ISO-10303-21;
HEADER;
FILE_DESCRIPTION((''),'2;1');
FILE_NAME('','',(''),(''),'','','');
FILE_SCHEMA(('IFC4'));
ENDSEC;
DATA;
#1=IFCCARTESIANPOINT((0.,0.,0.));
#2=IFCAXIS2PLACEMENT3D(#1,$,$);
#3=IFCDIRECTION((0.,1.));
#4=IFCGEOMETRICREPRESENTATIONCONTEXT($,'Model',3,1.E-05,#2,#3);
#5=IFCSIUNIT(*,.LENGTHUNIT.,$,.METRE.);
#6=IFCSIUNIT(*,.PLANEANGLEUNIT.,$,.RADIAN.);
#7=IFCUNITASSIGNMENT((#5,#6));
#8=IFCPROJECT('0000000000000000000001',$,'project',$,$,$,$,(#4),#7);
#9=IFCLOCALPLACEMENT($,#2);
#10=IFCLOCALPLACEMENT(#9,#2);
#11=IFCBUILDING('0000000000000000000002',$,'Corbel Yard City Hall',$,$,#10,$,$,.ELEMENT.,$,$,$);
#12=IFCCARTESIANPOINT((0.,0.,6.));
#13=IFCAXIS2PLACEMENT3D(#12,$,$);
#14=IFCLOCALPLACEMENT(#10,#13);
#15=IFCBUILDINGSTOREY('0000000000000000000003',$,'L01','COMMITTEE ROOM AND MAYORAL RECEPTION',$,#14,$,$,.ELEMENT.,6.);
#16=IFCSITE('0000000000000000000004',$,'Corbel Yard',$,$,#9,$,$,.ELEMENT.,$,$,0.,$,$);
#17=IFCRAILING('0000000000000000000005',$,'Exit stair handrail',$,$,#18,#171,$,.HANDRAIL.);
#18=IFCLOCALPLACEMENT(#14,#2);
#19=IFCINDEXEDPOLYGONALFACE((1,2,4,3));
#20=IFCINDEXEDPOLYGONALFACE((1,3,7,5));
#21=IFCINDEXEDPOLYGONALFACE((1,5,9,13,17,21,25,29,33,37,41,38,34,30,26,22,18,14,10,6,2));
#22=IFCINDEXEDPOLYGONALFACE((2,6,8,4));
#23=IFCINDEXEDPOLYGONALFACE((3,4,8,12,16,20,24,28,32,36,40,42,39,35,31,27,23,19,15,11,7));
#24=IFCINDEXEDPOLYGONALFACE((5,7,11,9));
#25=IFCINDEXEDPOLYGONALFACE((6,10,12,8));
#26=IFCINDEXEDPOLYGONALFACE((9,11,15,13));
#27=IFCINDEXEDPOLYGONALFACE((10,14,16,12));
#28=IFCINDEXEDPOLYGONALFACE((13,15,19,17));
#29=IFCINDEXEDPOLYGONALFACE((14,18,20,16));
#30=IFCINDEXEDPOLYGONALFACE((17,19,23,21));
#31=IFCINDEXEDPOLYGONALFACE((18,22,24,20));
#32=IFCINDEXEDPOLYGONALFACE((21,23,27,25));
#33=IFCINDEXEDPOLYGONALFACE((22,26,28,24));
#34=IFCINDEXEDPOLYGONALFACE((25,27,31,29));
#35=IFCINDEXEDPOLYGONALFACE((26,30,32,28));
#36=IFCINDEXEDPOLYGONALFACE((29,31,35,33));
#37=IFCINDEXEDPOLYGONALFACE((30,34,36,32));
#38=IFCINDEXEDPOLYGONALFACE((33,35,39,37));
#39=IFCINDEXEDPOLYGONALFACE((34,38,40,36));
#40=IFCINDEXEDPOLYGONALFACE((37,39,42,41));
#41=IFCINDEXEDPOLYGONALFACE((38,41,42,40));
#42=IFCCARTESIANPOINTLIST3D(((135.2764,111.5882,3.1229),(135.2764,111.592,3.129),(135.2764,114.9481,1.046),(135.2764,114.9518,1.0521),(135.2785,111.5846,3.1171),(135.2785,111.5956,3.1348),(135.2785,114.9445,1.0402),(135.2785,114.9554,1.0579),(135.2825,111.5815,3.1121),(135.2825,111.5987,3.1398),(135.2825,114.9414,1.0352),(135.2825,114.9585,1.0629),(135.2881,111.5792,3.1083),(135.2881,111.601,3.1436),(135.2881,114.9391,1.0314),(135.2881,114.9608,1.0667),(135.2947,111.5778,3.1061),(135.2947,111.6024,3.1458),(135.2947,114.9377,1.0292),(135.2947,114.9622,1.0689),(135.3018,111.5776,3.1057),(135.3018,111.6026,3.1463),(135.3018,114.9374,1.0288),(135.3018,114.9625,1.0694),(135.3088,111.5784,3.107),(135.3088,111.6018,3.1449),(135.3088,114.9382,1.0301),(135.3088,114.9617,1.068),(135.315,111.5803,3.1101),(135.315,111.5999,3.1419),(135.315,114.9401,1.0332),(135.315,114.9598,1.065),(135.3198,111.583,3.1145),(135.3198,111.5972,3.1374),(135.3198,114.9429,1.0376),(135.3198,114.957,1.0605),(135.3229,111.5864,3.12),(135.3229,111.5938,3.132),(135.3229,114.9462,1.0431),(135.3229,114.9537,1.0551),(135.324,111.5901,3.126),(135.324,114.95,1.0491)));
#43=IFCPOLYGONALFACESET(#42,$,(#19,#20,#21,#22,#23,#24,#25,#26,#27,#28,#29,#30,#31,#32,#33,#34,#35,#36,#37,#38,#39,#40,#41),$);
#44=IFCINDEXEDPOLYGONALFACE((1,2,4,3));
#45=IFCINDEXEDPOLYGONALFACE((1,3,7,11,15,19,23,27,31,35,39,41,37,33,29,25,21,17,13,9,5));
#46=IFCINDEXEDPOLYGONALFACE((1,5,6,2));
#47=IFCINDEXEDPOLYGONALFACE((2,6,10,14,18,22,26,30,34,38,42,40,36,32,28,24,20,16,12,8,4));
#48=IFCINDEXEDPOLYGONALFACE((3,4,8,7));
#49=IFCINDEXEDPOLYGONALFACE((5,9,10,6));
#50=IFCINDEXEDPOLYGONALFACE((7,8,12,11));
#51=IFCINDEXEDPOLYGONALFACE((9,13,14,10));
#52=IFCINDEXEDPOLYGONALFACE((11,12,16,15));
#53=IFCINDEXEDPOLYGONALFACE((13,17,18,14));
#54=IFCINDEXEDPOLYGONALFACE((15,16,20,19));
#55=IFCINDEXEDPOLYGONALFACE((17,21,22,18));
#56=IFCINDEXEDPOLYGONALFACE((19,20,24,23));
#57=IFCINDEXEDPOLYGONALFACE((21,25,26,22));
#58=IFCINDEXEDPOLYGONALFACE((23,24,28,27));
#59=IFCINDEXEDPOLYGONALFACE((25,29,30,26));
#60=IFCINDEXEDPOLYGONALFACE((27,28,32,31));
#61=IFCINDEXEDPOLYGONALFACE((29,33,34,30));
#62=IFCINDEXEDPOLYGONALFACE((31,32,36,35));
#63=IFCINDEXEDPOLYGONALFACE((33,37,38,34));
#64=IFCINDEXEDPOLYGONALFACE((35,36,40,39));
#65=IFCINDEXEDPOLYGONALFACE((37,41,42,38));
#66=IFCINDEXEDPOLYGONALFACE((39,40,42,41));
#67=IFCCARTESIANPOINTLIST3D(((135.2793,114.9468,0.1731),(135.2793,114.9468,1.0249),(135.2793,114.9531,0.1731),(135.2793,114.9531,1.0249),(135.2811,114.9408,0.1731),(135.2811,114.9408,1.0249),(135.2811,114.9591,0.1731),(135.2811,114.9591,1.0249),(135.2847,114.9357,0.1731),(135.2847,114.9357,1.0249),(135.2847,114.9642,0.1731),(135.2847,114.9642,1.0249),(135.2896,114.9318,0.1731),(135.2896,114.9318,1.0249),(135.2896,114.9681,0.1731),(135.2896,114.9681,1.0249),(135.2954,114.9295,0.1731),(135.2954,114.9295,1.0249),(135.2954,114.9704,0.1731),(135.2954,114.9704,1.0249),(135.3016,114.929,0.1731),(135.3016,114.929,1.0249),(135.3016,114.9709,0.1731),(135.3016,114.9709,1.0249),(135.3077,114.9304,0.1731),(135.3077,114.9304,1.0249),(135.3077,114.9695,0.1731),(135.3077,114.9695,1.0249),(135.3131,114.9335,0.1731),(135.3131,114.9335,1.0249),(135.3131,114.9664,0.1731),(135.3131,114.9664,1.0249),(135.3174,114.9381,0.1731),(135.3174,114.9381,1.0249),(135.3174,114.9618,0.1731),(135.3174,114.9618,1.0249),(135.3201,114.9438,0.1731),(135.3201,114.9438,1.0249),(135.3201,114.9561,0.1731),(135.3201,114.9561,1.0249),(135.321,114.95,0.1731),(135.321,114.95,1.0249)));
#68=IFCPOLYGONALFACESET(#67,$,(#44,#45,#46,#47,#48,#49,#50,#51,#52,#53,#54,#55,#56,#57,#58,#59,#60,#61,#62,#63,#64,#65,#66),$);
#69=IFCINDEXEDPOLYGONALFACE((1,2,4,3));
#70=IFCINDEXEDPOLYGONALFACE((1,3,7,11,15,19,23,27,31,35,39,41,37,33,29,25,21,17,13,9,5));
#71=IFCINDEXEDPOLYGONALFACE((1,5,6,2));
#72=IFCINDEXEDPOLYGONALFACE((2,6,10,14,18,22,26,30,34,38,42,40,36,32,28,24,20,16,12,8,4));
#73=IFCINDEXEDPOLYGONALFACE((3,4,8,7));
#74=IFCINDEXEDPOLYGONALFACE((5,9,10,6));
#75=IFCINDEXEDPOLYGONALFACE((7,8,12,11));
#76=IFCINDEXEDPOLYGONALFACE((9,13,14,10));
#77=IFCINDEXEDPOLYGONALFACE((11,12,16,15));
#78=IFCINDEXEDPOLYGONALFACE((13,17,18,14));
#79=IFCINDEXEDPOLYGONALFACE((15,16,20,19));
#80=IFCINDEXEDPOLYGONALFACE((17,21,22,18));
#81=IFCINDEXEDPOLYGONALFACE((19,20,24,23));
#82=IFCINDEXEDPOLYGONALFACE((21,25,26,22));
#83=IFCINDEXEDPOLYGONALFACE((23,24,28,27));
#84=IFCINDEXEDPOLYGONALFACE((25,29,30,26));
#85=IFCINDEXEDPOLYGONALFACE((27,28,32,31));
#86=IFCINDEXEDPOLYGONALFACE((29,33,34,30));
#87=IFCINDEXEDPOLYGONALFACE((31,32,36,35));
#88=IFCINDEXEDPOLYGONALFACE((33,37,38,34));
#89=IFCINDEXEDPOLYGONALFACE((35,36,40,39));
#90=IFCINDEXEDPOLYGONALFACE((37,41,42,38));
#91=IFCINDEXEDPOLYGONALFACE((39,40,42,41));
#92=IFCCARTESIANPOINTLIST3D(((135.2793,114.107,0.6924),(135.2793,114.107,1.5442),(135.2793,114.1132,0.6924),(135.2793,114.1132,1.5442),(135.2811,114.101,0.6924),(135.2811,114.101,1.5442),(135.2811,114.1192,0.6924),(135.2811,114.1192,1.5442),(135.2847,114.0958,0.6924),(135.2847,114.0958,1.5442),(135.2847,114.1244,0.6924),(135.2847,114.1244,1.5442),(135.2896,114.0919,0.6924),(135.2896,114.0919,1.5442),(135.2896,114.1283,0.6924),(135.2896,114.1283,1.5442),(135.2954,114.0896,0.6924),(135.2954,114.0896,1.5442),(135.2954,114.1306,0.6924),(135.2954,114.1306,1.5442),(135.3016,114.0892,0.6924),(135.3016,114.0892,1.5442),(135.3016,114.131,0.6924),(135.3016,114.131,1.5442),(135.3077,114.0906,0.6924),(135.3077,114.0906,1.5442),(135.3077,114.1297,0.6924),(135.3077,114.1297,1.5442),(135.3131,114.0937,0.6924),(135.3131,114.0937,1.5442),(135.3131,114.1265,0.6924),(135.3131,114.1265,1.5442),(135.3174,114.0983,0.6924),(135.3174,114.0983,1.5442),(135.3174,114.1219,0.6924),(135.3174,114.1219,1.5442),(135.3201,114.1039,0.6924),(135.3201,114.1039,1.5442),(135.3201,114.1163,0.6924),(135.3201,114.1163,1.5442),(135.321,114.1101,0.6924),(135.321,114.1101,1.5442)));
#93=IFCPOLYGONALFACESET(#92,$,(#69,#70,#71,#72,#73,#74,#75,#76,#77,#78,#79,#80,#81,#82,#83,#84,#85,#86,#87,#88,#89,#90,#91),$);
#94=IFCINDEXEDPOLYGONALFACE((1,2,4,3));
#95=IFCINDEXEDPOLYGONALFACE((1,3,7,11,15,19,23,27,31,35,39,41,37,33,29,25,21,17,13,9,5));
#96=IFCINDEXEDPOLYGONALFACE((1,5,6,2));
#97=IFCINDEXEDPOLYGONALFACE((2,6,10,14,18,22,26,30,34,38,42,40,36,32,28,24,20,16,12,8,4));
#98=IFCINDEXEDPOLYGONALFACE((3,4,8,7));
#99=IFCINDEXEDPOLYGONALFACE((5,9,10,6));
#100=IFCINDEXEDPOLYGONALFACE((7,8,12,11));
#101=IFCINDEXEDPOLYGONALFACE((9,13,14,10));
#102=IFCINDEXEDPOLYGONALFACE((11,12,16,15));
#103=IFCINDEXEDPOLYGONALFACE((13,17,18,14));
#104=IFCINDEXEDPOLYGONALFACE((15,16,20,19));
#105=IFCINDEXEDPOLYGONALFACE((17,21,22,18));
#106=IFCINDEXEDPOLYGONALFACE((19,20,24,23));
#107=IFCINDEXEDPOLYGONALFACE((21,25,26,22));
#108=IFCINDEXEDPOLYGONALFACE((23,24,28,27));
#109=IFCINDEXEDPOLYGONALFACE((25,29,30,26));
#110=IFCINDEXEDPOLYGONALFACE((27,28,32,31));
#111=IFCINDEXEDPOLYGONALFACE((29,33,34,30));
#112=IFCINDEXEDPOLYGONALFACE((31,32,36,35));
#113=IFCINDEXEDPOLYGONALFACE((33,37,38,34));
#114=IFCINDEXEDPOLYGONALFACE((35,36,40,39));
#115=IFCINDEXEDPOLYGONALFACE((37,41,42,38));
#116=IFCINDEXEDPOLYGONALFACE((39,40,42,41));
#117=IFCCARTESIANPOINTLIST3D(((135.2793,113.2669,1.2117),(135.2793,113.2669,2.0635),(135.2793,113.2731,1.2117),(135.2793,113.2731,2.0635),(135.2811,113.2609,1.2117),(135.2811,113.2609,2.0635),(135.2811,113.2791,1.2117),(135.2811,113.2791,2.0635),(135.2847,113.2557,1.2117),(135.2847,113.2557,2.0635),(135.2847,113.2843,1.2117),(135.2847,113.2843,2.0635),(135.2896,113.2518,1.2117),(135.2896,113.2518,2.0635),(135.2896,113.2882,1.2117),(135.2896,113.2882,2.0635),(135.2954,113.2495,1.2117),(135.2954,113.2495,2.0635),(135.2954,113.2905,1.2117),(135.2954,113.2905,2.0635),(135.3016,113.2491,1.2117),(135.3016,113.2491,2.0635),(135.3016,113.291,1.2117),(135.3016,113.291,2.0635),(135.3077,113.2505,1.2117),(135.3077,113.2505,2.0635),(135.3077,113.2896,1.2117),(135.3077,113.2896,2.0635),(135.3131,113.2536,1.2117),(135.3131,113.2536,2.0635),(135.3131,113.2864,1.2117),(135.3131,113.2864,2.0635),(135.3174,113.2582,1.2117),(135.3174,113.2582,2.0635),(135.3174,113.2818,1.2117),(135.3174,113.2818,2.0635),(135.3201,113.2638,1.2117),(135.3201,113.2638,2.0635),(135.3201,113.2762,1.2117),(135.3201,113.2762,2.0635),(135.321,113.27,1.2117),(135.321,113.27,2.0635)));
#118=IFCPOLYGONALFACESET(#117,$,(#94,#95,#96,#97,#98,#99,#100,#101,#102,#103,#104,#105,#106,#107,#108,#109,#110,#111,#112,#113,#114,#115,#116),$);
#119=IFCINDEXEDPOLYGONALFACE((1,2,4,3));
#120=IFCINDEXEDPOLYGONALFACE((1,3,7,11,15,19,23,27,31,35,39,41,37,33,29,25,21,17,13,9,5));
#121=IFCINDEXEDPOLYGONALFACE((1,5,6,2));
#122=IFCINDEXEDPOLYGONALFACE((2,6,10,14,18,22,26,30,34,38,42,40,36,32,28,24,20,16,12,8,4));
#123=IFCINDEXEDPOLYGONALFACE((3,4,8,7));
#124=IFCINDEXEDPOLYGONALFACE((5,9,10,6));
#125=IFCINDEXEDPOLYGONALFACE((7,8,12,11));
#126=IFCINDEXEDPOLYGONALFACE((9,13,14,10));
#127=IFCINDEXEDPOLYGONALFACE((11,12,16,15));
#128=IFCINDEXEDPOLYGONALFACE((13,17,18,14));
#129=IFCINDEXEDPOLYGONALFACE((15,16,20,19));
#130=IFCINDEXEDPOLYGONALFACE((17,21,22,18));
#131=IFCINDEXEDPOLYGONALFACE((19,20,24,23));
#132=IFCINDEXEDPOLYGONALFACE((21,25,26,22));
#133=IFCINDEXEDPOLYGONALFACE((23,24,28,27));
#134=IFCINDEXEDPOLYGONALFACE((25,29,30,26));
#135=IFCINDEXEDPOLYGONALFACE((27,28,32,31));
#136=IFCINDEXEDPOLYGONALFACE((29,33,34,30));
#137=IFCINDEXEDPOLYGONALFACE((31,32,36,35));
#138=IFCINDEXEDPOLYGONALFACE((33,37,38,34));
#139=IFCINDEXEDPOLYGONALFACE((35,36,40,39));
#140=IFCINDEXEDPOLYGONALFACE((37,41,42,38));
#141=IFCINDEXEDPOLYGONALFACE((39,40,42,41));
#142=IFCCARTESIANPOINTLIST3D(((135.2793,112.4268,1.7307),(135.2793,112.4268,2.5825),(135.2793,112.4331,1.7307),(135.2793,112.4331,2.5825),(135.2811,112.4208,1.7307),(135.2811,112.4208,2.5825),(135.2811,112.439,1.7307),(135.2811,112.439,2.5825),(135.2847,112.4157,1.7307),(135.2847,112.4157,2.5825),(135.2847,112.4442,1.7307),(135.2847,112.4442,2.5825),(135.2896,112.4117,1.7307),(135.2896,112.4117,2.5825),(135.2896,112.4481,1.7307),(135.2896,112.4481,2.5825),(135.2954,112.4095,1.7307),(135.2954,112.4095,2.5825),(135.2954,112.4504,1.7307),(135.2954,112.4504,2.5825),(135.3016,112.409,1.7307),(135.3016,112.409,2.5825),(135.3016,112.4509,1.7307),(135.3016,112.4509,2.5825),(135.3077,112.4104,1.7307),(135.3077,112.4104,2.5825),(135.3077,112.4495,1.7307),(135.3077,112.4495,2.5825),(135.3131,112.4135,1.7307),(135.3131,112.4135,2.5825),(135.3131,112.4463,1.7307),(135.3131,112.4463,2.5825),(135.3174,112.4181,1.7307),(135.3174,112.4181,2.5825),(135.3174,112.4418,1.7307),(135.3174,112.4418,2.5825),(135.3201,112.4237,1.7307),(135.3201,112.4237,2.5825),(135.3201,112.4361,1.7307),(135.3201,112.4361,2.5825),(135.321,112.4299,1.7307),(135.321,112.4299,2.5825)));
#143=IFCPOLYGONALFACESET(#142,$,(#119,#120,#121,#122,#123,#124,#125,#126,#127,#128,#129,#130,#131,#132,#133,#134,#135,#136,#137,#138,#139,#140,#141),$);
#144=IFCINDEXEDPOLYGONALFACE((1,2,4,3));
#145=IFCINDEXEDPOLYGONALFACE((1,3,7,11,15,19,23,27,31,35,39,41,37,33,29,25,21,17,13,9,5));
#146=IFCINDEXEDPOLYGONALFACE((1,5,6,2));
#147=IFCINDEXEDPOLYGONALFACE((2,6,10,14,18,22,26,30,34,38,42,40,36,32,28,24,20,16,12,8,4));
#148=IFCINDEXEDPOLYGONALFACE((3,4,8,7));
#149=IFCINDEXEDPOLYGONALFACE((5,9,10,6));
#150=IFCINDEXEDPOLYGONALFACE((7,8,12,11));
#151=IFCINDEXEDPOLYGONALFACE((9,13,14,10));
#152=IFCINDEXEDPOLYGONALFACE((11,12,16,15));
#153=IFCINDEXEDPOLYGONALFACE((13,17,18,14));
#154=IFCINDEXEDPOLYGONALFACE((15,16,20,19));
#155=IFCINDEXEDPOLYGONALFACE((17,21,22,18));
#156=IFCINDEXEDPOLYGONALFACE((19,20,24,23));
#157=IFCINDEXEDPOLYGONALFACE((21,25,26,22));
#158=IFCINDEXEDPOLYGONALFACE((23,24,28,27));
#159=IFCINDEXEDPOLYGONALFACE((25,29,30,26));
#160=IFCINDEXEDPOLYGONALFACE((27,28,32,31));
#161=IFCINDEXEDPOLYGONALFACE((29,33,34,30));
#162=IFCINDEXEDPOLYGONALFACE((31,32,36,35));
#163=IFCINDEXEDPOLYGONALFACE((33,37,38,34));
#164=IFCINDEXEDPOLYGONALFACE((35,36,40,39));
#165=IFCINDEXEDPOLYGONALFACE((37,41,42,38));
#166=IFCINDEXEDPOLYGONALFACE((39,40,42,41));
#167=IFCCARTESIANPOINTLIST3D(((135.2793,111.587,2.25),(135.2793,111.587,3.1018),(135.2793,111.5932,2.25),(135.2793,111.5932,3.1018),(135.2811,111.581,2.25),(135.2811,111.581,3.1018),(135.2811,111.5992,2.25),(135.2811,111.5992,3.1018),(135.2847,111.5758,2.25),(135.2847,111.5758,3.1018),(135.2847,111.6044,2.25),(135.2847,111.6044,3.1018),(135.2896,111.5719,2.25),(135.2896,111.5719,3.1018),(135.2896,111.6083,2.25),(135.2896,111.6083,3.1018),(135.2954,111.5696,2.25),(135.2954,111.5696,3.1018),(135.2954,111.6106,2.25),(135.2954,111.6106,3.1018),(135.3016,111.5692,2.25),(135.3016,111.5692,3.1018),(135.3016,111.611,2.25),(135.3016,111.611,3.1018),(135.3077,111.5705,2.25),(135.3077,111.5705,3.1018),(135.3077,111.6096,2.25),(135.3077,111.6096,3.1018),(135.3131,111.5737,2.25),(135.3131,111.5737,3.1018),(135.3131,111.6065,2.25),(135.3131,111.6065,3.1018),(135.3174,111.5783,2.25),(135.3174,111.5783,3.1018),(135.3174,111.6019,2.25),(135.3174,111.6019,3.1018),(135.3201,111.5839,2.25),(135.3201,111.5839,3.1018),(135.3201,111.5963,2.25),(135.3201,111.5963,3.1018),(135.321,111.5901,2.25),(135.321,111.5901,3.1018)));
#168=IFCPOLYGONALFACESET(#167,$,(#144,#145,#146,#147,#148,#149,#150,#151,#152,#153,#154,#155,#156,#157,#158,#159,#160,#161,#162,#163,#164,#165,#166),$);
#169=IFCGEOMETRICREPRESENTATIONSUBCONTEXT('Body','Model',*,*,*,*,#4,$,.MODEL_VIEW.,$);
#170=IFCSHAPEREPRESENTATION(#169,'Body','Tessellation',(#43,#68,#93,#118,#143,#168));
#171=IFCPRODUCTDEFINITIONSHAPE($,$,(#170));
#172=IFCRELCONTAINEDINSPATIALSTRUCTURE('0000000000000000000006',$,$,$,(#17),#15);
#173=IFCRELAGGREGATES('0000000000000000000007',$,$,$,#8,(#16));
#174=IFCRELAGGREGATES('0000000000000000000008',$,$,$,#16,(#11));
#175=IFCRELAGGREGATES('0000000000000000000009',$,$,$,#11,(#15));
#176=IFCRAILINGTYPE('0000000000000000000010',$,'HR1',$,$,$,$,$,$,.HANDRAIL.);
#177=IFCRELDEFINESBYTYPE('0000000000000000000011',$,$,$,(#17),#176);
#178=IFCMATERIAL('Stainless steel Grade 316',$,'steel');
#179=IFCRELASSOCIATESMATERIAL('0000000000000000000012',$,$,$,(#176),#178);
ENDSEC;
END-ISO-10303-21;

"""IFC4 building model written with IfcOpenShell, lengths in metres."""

from ifc_helpers import new_model, si_unit, direction, frame, origin, origin_2d, place, context, subcontext, project, spatial, circle, extrude, material, type_object, element, save


model = new_model("IFC4")

# Units and contexts
model_context = context("Model", 3, precision=1e-05, world=origin(), true_north=direction((0.0, 1.0)))
body_context = subcontext(model_context, "Body", "Model", "MODEL_VIEW")
ifc_project = project(units=[si_unit("LENGTHUNIT", "METRE"), si_unit("PLANEANGLEUNIT", "RADIAN")], contexts=[model_context])

# Site, building, storey
site_placement = place(None, origin())
site = spatial("IfcSite", under=ifc_project, at=site_placement, Name="Corbel Yard", CompositionType="ELEMENT", RefElevation=0.0)
building_placement = place(site_placement, origin())
building = spatial("IfcBuilding", under=site, at=building_placement, Name="Corbel Yard City Hall", CompositionType="ELEMENT")
storey_placement = place(building_placement, frame((0.0, 0.0, 6.0)))
storey = spatial("IfcBuildingStorey", under=building, at=storey_placement, Name="L01", Description="COMMITTEE ROOM AND MAYORAL RECEPTION", CompositionType="ELEMENT", Elevation=6.0)

# Railing
ifc_material_1 = material(Name="Stainless steel Grade 316", Category="steel")
railing_type_1 = type_object("IfcRailingType", Name="HR1", PredefinedType="HANDRAIL", material=ifc_material_1)
for number, where, name in (
    (1, (135.3, 114.95, 0.1731), "Exit stair handrail"),
):
    element("IfcRailing", number, at=place(storey_placement, frame(where)), inside=storey, type_object=railing_type_1, Name=name, PredefinedType="HANDRAIL", context=body_context, shape_type="SweptSolid", body=[
        extrude(circle(Radius=0.0239, at=origin_2d()), frame((0.0, 0.0, 0.876), z_axis=(0.0, -0.850606, 0.525803), x_axis=(1.0, 0.0, 0.0)), (0.0, 0.0, 1.0), 3.95),
        extrude(circle(Radius=0.021, at=origin_2d()), origin(), (0.0, 0.0, 1.0), 0.8518),
        extrude(circle(Radius=0.021, at=origin_2d()), frame((0.0, -0.8398, 0.5193)), (0.0, 0.0, 1.0), 0.8518),
        extrude(circle(Radius=0.021, at=origin_2d()), frame((0.0, -1.6799, 1.0386)), (0.0, 0.0, 1.0), 0.8518),
        extrude(circle(Radius=0.021, at=origin_2d()), frame((0.0, -2.52, 1.5576)), (0.0, 0.0, 1.0), 0.8518),
        extrude(circle(Radius=0.021, at=origin_2d()), frame((0.0, -3.3599, 2.0769)), (0.0, 0.0, 1.0), 0.8518),
    ])

save(model, "model.ifc")
